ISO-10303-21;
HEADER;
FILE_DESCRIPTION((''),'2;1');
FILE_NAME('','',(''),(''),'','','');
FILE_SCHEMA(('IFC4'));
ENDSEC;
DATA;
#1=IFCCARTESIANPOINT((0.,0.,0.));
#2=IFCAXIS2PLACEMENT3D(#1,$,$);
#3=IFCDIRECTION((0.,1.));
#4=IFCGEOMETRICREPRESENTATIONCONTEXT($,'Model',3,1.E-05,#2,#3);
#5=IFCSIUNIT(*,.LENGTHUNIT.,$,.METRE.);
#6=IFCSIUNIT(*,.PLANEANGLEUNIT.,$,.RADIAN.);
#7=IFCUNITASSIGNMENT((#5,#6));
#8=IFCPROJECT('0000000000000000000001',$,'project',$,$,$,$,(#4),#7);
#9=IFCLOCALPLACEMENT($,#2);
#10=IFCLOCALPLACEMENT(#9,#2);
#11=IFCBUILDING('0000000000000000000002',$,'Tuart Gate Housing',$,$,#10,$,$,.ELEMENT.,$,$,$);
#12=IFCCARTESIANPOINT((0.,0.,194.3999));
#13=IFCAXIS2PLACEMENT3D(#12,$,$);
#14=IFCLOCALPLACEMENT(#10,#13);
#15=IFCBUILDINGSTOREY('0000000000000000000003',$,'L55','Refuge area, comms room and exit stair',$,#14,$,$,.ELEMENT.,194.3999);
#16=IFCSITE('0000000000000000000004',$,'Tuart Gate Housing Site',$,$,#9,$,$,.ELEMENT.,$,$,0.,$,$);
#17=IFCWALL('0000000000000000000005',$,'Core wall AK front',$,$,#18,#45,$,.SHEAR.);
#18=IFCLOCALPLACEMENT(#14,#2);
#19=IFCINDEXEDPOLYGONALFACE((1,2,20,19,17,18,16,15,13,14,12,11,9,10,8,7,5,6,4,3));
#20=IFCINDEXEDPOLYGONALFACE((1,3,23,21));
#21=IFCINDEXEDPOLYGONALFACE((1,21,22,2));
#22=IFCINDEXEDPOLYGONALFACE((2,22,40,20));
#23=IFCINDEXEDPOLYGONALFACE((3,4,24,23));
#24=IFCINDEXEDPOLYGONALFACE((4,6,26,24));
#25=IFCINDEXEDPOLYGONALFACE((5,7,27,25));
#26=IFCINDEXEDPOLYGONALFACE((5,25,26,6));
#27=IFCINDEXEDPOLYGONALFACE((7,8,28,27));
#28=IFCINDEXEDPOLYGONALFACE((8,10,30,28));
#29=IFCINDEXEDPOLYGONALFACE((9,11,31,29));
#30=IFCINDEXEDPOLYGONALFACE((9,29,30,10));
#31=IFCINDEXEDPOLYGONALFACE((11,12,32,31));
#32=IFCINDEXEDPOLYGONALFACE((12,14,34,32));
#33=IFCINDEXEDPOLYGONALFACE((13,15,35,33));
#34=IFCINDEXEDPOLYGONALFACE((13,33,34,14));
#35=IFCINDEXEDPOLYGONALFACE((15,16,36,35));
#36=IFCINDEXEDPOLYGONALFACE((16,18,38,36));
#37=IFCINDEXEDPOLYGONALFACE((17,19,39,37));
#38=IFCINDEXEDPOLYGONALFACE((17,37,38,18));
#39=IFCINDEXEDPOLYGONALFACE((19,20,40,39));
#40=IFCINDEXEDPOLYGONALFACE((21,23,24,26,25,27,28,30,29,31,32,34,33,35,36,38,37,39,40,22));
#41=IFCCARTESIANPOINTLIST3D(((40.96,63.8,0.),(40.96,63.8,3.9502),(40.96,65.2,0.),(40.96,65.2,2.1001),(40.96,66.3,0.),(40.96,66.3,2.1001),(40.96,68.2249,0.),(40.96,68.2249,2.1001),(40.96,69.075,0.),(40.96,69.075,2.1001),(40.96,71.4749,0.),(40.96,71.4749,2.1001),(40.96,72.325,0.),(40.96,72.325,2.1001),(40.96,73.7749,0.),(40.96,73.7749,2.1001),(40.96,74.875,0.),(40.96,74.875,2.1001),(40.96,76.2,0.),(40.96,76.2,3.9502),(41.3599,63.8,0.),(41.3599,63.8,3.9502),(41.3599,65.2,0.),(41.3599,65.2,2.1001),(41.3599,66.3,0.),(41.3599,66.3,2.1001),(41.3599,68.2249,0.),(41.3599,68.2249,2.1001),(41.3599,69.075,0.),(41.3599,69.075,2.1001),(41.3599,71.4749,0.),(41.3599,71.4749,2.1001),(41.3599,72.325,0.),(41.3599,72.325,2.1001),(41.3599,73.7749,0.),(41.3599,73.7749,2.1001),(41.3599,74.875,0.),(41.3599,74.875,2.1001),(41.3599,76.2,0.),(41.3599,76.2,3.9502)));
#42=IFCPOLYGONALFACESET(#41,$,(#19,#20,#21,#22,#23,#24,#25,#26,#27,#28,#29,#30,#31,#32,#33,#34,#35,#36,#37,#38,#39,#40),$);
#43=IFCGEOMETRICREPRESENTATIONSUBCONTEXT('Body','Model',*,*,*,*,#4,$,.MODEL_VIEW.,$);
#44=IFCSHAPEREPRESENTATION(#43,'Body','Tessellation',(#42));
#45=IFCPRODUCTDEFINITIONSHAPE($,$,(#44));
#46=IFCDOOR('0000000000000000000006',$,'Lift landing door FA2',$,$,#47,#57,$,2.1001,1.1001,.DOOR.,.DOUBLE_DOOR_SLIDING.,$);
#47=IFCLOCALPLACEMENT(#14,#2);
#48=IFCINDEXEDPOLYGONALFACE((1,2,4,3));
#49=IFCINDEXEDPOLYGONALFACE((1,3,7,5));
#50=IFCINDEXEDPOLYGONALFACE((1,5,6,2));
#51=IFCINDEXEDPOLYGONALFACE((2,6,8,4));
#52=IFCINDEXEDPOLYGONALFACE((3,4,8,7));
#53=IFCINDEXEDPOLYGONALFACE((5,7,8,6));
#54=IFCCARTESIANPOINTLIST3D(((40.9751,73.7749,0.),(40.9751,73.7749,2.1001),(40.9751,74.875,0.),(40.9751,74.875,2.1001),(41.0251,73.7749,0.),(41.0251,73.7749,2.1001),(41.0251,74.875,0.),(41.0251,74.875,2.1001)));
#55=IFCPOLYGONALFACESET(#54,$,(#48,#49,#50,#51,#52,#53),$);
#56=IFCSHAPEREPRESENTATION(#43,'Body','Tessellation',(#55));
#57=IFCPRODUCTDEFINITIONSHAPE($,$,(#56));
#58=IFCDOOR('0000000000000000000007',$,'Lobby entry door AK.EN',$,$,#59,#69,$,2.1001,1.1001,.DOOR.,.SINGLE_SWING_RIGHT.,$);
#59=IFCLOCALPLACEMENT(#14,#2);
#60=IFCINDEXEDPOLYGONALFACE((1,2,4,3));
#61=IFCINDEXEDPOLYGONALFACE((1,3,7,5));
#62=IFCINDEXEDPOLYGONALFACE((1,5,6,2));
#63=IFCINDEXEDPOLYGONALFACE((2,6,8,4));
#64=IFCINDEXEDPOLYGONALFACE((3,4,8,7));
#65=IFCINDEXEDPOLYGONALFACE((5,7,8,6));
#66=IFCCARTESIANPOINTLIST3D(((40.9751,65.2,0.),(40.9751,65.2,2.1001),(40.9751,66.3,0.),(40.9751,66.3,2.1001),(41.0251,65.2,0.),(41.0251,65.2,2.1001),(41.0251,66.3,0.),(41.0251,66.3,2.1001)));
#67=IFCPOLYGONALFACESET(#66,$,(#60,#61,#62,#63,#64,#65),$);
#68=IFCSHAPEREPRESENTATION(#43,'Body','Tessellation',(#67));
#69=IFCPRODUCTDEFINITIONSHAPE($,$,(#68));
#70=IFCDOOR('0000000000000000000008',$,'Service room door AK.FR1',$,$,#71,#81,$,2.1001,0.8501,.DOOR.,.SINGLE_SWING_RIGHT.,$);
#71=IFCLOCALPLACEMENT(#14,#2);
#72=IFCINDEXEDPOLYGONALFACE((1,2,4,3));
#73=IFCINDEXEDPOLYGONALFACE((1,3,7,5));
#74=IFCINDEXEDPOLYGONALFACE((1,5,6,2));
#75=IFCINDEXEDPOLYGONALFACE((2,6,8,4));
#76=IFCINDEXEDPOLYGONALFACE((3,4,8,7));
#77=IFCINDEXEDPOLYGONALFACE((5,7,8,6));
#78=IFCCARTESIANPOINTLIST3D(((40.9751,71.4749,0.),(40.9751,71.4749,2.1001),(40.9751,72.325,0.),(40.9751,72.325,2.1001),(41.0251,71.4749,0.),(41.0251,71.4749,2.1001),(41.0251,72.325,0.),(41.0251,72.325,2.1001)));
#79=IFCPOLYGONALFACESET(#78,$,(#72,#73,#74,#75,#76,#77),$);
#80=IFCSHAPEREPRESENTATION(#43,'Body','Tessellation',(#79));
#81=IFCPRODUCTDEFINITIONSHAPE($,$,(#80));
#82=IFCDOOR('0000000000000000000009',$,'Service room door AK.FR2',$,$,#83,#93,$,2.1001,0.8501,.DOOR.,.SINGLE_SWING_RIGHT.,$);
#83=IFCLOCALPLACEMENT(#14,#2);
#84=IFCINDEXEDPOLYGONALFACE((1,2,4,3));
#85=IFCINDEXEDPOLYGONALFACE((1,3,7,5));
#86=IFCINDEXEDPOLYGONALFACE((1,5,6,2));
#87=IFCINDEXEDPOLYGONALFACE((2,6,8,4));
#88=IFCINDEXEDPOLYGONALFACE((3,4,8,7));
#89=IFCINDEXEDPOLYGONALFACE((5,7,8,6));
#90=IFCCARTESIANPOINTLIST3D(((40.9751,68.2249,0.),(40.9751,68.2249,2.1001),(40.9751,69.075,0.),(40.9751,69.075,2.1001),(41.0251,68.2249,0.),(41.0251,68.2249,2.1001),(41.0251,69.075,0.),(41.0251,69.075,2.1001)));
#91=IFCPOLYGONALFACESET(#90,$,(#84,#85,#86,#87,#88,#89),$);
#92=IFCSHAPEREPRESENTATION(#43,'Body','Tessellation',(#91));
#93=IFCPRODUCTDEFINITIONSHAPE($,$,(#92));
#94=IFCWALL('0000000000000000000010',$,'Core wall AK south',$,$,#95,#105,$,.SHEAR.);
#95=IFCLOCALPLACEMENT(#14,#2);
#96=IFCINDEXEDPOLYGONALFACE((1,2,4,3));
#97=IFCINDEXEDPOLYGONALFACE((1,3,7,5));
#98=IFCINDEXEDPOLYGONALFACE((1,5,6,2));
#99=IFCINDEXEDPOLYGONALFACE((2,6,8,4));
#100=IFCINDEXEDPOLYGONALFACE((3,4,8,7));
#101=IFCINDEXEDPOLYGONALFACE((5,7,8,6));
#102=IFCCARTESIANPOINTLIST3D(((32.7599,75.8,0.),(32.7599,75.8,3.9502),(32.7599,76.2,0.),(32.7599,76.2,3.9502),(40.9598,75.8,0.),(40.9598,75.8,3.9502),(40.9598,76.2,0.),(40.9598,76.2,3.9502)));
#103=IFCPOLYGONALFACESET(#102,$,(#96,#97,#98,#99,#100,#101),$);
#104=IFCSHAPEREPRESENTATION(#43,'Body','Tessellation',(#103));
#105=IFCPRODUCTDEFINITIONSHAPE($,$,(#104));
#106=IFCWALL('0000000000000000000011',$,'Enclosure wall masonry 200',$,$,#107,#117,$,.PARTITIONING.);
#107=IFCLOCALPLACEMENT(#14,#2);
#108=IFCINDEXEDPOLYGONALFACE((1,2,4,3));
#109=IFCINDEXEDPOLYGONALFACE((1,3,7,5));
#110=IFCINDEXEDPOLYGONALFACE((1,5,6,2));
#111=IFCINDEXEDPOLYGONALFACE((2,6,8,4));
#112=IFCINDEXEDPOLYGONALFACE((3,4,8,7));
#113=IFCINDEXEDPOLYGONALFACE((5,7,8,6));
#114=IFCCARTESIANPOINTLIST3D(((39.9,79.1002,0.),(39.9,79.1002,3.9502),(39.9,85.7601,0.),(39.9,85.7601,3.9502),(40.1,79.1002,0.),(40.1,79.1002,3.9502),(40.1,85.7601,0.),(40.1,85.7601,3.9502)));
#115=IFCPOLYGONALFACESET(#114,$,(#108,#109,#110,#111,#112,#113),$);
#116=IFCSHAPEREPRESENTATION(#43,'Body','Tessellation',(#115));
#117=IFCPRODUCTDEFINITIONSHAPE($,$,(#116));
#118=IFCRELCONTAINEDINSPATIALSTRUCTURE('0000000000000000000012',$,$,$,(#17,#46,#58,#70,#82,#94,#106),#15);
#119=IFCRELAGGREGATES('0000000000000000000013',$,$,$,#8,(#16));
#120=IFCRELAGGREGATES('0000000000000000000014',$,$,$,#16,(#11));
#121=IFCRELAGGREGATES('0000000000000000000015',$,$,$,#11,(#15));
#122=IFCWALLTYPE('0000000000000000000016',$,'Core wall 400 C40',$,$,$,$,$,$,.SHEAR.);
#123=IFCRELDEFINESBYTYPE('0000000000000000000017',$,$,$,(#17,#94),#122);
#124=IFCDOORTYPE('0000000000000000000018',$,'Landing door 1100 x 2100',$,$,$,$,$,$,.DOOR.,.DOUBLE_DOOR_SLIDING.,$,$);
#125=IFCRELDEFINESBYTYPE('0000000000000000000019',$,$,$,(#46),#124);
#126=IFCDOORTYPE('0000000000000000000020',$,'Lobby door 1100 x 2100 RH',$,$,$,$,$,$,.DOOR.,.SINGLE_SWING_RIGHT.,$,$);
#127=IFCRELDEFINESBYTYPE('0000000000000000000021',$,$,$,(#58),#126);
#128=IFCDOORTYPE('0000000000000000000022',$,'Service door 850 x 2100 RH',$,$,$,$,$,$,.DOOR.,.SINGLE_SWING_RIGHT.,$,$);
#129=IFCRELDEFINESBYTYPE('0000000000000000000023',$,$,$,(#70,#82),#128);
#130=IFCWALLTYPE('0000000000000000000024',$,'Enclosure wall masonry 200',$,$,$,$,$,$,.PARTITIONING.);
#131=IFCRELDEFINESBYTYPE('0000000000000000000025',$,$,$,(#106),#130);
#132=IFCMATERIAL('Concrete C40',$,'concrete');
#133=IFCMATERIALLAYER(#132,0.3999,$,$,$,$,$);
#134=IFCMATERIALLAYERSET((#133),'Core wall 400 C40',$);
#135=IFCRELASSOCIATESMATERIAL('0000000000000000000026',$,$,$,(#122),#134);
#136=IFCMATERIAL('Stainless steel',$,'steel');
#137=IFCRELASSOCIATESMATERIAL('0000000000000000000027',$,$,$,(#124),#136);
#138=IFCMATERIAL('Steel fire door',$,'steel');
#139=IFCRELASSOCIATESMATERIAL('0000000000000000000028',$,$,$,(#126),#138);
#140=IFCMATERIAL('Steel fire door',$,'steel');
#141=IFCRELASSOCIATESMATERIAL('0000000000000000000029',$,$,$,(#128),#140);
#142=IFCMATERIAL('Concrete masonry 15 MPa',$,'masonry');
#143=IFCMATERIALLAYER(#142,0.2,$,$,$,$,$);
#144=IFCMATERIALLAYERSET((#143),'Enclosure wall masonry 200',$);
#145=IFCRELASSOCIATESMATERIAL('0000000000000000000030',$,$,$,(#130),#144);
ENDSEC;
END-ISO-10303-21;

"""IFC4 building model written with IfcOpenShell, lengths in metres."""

from ifc_helpers import new_model, si_unit, direction, frame, frame_2d, origin, place, context, subcontext, project, spatial, rectangle, extrude, material, layer, layer_set, type_object, element, fill, save


model = new_model("IFC4")

# Units and contexts
model_context = context("Model", 3, precision=1e-05, world=origin(), true_north=direction((0.0, 1.0)))
body_context = subcontext(model_context, "Body", "Model", "MODEL_VIEW")
ifc_project = project(units=[si_unit("LENGTHUNIT", "METRE"), si_unit("PLANEANGLEUNIT", "RADIAN")], contexts=[model_context])

# Site, building, storey
site_placement = place(None, origin())
site = spatial("IfcSite", under=ifc_project, at=site_placement, Name="Tuart Gate Housing Site", CompositionType="ELEMENT", RefElevation=0.0)
building_placement = place(site_placement, origin())
building = spatial("IfcBuilding", under=site, at=building_placement, Name="Tuart Gate Housing", CompositionType="ELEMENT")
storey_placement = place(building_placement, frame((0.0, 0.0, 194.3999)))
storey = spatial("IfcBuildingStorey", under=building, at=storey_placement, Name="L55", Description="Refuge area, comms room and exit stair", CompositionType="ELEMENT", Elevation=194.3999)

# Wall, openings, doors
ifc_material_1 = material(Name="Concrete C40", Category="concrete")
ifc_layer_1 = layer(ifc_material_1, 0.3999)
ifc_layer_set_1 = layer_set([ifc_layer_1], Name="Core wall 400 C40")
wall_type_1 = type_object("IfcWallType", Name="Core wall 400 C40", PredefinedType="SHEAR", material=ifc_layer_set_1)
wall_1_placement = place(storey_placement, frame((41.1599, 76.2, 0.0), z_axis=(0.0, 0.0, 1.0), x_axis=(0.0, -1.0, 0.0)))
wall_1 = element("IfcWall", 1, at=wall_1_placement, inside=storey, type_object=wall_type_1, Name="Core wall AK front", PredefinedType="SHEAR", context=body_context, shape_type="SweptSolid", body=[
    extrude(rectangle(XDim=12.3999, YDim=0.3999, at=frame_2d((6.2, 0.0))), origin(), (0.0, 0.0, 1.0), 3.9502),
])
opening_1_placement = place(wall_1_placement, frame((1.325, 0.0, 0.0)))
opening_1 = element("IfcOpeningElement", 2, at=opening_1_placement, cuts=wall_1, PredefinedType="OPENING", context=body_context, shape_type="SweptSolid", body=[
    extrude(rectangle(XDim=1.1001, YDim=2.1001, at=frame_2d((0.55, 1.05))), frame((0.0, 0.21, 0.0), z_axis=(0.0, -1.0, 0.0), x_axis=(1.0, 0.0, 0.0)), (0.0, 0.0, 1.0), 0.4199),
])
opening_2_placement = place(wall_1_placement, frame((3.875, 0.0, 0.0)))
opening_2 = element("IfcOpeningElement", 3, at=opening_2_placement, cuts=wall_1, PredefinedType="OPENING", context=body_context, shape_type="SweptSolid", body=[
    extrude(rectangle(XDim=0.8501, YDim=2.1001, at=frame_2d((0.425, 1.05))), frame((0.0, 0.21, 0.0), z_axis=(0.0, -1.0, 0.0), x_axis=(1.0, 0.0, 0.0)), (0.0, 0.0, 1.0), 0.4199),
])
opening_3_placement = place(wall_1_placement, frame((7.125, 0.0, 0.0)))
opening_3 = element("IfcOpeningElement", 4, at=opening_3_placement, cuts=wall_1, PredefinedType="OPENING", context=body_context, shape_type="SweptSolid", body=[
    extrude(rectangle(XDim=0.8501, YDim=2.1001, at=frame_2d((0.425, 1.05))), frame((0.0, 0.21, 0.0), z_axis=(0.0, -1.0, 0.0), x_axis=(1.0, 0.0, 0.0)), (0.0, 0.0, 1.0), 0.4199),
])
opening_4_placement = place(wall_1_placement, frame((9.8999, 0.0, 0.0)))
opening_4 = element("IfcOpeningElement", 5, at=opening_4_placement, cuts=wall_1, PredefinedType="OPENING", context=body_context, shape_type="SweptSolid", body=[
    extrude(rectangle(XDim=1.1001, YDim=2.1001, at=frame_2d((0.55, 1.05))), frame((0.0, 0.21, 0.0), z_axis=(0.0, -1.0, 0.0), x_axis=(1.0, 0.0, 0.0)), (0.0, 0.0, 1.0), 0.4199),
])
ifc_material_2 = material(Name="Stainless steel", Category="steel")
door_type_1 = type_object("IfcDoorType", Name="Landing door 1100 x 2100", OperationType="DOUBLE_DOOR_SLIDING", PredefinedType="DOOR", material=ifc_material_2)
door_1_placement = place(opening_1_placement, origin())
door_1 = element("IfcDoor", 6, at=door_1_placement, inside=storey, type_object=door_type_1, Name="Lift landing door FA2", OperationType="DOUBLE_DOOR_SLIDING", OverallHeight=2.1001, OverallWidth=1.1001, PredefinedType="DOOR", context=body_context, shape_type="SweptSolid", body=[
    extrude(rectangle(XDim=1.1001, YDim=2.1001, at=frame_2d((0.55, 1.05))), frame((0.0, -0.1348, 0.0), z_axis=(0.0, -1.0, 0.0), x_axis=(1.0, 0.0, 0.0)), (0.0, 0.0, 1.0), 0.05),
])
fill(opening_1, door_1)
ifc_material_3 = material(Name="Steel fire door", Category="steel")
door_type_2 = type_object("IfcDoorType", Name="Lobby door 1100 x 2100 RH", OperationType="SINGLE_SWING_RIGHT", PredefinedType="DOOR", material=ifc_material_3)
door_2_placement = place(opening_4_placement, frame((1.1001, 0.0, 0.0), z_axis=(0.0, 0.0, 1.0), x_axis=(-1.0, 0.0, 0.0)))
door_2 = element("IfcDoor", 7, at=door_2_placement, inside=storey, type_object=door_type_2, Name="Lobby entry door AK.EN", OperationType="SINGLE_SWING_RIGHT", OverallHeight=2.1001, OverallWidth=1.1001, PredefinedType="DOOR", context=body_context, shape_type="SweptSolid", body=[
    extrude(rectangle(XDim=1.1001, YDim=2.1001, at=frame_2d((0.55, 1.05))), frame((0.0, 0.1848, 0.0), z_axis=(0.0, -1.0, 0.0), x_axis=(1.0, 0.0, 0.0)), (0.0, 0.0, 1.0), 0.05),
])
fill(opening_4, door_2)
ifc_material_4 = material(Name="Steel fire door", Category="steel")
door_type_3 = type_object("IfcDoorType", Name="Service door 850 x 2100 RH", OperationType="SINGLE_SWING_RIGHT", PredefinedType="DOOR", material=ifc_material_4)
door_3_placement = place(opening_2_placement, frame((0.8501, 0.0, 0.0), z_axis=(0.0, 0.0, 1.0), x_axis=(-1.0, 0.0, 0.0)))
door_3 = element("IfcDoor", 8, at=door_3_placement, inside=storey, type_object=door_type_3, Name="Service room door AK.FR1", OperationType="SINGLE_SWING_RIGHT", OverallHeight=2.1001, OverallWidth=0.8501, PredefinedType="DOOR", context=body_context, shape_type="SweptSolid", body=[
    extrude(rectangle(XDim=0.8501, YDim=2.1001, at=frame_2d((0.425, 1.05))), frame((0.0, 0.1848, 0.0), z_axis=(0.0, -1.0, 0.0), x_axis=(1.0, 0.0, 0.0)), (0.0, 0.0, 1.0), 0.05),
])
fill(opening_2, door_3)
door_4_placement = place(opening_3_placement, frame((0.8501, 0.0, 0.0), z_axis=(0.0, 0.0, 1.0), x_axis=(-1.0, 0.0, 0.0)))
door_4 = element("IfcDoor", 9, at=door_4_placement, inside=storey, type_object=door_type_3, Name="Service room door AK.FR2", OperationType="SINGLE_SWING_RIGHT", OverallHeight=2.1001, OverallWidth=0.8501, PredefinedType="DOOR", context=body_context, shape_type="SweptSolid", body=[
    extrude(rectangle(XDim=0.8501, YDim=2.1001, at=frame_2d((0.425, 1.05))), frame((0.0, 0.1848, 0.0), z_axis=(0.0, -1.0, 0.0), x_axis=(1.0, 0.0, 0.0)), (0.0, 0.0, 1.0), 0.05),
])
fill(opening_3, door_4)

# Walls
wall_2_placement = place(storey_placement, frame((40.96, 76.0, 0.0), z_axis=(0.0, 0.0, 1.0), x_axis=(-1.0, 0.0, 0.0)))
element("IfcWall", 10, at=wall_2_placement, inside=storey, type_object=wall_type_1, Name="Core wall AK south", PredefinedType="SHEAR", context=body_context, shape_type="SweptSolid", body=[
    extrude(rectangle(XDim=8.2, YDim=0.3999, at=frame_2d((4.1001, 0.0))), origin(), (0.0, 0.0, 1.0), 3.9502),
])
ifc_material_5 = material(Name="Concrete masonry 15 MPa", Category="masonry")
ifc_layer_2 = layer(ifc_material_5, 0.2)
ifc_layer_set_2 = layer_set([ifc_layer_2], Name="Enclosure wall masonry 200")
wall_type_2 = type_object("IfcWallType", Name="Enclosure wall masonry 200", PredefinedType="PARTITIONING", material=ifc_layer_set_2)
wall_3_placement = place(storey_placement, frame((40.0, 79.1001, 0.0), z_axis=(0.0, 0.0, 1.0), x_axis=(0.0, 1.0, 0.0)))
element("IfcWall", 11, at=wall_3_placement, inside=storey, type_object=wall_type_2, Name="Enclosure wall masonry 200", PredefinedType="PARTITIONING", context=body_context, shape_type="SweptSolid", body=[
    extrude(rectangle(XDim=6.6599, YDim=0.2, at=frame_2d((3.3301, 0.0))), origin(), (0.0, 0.0, 1.0), 3.9502),
])

save(model, "model.ifc")
